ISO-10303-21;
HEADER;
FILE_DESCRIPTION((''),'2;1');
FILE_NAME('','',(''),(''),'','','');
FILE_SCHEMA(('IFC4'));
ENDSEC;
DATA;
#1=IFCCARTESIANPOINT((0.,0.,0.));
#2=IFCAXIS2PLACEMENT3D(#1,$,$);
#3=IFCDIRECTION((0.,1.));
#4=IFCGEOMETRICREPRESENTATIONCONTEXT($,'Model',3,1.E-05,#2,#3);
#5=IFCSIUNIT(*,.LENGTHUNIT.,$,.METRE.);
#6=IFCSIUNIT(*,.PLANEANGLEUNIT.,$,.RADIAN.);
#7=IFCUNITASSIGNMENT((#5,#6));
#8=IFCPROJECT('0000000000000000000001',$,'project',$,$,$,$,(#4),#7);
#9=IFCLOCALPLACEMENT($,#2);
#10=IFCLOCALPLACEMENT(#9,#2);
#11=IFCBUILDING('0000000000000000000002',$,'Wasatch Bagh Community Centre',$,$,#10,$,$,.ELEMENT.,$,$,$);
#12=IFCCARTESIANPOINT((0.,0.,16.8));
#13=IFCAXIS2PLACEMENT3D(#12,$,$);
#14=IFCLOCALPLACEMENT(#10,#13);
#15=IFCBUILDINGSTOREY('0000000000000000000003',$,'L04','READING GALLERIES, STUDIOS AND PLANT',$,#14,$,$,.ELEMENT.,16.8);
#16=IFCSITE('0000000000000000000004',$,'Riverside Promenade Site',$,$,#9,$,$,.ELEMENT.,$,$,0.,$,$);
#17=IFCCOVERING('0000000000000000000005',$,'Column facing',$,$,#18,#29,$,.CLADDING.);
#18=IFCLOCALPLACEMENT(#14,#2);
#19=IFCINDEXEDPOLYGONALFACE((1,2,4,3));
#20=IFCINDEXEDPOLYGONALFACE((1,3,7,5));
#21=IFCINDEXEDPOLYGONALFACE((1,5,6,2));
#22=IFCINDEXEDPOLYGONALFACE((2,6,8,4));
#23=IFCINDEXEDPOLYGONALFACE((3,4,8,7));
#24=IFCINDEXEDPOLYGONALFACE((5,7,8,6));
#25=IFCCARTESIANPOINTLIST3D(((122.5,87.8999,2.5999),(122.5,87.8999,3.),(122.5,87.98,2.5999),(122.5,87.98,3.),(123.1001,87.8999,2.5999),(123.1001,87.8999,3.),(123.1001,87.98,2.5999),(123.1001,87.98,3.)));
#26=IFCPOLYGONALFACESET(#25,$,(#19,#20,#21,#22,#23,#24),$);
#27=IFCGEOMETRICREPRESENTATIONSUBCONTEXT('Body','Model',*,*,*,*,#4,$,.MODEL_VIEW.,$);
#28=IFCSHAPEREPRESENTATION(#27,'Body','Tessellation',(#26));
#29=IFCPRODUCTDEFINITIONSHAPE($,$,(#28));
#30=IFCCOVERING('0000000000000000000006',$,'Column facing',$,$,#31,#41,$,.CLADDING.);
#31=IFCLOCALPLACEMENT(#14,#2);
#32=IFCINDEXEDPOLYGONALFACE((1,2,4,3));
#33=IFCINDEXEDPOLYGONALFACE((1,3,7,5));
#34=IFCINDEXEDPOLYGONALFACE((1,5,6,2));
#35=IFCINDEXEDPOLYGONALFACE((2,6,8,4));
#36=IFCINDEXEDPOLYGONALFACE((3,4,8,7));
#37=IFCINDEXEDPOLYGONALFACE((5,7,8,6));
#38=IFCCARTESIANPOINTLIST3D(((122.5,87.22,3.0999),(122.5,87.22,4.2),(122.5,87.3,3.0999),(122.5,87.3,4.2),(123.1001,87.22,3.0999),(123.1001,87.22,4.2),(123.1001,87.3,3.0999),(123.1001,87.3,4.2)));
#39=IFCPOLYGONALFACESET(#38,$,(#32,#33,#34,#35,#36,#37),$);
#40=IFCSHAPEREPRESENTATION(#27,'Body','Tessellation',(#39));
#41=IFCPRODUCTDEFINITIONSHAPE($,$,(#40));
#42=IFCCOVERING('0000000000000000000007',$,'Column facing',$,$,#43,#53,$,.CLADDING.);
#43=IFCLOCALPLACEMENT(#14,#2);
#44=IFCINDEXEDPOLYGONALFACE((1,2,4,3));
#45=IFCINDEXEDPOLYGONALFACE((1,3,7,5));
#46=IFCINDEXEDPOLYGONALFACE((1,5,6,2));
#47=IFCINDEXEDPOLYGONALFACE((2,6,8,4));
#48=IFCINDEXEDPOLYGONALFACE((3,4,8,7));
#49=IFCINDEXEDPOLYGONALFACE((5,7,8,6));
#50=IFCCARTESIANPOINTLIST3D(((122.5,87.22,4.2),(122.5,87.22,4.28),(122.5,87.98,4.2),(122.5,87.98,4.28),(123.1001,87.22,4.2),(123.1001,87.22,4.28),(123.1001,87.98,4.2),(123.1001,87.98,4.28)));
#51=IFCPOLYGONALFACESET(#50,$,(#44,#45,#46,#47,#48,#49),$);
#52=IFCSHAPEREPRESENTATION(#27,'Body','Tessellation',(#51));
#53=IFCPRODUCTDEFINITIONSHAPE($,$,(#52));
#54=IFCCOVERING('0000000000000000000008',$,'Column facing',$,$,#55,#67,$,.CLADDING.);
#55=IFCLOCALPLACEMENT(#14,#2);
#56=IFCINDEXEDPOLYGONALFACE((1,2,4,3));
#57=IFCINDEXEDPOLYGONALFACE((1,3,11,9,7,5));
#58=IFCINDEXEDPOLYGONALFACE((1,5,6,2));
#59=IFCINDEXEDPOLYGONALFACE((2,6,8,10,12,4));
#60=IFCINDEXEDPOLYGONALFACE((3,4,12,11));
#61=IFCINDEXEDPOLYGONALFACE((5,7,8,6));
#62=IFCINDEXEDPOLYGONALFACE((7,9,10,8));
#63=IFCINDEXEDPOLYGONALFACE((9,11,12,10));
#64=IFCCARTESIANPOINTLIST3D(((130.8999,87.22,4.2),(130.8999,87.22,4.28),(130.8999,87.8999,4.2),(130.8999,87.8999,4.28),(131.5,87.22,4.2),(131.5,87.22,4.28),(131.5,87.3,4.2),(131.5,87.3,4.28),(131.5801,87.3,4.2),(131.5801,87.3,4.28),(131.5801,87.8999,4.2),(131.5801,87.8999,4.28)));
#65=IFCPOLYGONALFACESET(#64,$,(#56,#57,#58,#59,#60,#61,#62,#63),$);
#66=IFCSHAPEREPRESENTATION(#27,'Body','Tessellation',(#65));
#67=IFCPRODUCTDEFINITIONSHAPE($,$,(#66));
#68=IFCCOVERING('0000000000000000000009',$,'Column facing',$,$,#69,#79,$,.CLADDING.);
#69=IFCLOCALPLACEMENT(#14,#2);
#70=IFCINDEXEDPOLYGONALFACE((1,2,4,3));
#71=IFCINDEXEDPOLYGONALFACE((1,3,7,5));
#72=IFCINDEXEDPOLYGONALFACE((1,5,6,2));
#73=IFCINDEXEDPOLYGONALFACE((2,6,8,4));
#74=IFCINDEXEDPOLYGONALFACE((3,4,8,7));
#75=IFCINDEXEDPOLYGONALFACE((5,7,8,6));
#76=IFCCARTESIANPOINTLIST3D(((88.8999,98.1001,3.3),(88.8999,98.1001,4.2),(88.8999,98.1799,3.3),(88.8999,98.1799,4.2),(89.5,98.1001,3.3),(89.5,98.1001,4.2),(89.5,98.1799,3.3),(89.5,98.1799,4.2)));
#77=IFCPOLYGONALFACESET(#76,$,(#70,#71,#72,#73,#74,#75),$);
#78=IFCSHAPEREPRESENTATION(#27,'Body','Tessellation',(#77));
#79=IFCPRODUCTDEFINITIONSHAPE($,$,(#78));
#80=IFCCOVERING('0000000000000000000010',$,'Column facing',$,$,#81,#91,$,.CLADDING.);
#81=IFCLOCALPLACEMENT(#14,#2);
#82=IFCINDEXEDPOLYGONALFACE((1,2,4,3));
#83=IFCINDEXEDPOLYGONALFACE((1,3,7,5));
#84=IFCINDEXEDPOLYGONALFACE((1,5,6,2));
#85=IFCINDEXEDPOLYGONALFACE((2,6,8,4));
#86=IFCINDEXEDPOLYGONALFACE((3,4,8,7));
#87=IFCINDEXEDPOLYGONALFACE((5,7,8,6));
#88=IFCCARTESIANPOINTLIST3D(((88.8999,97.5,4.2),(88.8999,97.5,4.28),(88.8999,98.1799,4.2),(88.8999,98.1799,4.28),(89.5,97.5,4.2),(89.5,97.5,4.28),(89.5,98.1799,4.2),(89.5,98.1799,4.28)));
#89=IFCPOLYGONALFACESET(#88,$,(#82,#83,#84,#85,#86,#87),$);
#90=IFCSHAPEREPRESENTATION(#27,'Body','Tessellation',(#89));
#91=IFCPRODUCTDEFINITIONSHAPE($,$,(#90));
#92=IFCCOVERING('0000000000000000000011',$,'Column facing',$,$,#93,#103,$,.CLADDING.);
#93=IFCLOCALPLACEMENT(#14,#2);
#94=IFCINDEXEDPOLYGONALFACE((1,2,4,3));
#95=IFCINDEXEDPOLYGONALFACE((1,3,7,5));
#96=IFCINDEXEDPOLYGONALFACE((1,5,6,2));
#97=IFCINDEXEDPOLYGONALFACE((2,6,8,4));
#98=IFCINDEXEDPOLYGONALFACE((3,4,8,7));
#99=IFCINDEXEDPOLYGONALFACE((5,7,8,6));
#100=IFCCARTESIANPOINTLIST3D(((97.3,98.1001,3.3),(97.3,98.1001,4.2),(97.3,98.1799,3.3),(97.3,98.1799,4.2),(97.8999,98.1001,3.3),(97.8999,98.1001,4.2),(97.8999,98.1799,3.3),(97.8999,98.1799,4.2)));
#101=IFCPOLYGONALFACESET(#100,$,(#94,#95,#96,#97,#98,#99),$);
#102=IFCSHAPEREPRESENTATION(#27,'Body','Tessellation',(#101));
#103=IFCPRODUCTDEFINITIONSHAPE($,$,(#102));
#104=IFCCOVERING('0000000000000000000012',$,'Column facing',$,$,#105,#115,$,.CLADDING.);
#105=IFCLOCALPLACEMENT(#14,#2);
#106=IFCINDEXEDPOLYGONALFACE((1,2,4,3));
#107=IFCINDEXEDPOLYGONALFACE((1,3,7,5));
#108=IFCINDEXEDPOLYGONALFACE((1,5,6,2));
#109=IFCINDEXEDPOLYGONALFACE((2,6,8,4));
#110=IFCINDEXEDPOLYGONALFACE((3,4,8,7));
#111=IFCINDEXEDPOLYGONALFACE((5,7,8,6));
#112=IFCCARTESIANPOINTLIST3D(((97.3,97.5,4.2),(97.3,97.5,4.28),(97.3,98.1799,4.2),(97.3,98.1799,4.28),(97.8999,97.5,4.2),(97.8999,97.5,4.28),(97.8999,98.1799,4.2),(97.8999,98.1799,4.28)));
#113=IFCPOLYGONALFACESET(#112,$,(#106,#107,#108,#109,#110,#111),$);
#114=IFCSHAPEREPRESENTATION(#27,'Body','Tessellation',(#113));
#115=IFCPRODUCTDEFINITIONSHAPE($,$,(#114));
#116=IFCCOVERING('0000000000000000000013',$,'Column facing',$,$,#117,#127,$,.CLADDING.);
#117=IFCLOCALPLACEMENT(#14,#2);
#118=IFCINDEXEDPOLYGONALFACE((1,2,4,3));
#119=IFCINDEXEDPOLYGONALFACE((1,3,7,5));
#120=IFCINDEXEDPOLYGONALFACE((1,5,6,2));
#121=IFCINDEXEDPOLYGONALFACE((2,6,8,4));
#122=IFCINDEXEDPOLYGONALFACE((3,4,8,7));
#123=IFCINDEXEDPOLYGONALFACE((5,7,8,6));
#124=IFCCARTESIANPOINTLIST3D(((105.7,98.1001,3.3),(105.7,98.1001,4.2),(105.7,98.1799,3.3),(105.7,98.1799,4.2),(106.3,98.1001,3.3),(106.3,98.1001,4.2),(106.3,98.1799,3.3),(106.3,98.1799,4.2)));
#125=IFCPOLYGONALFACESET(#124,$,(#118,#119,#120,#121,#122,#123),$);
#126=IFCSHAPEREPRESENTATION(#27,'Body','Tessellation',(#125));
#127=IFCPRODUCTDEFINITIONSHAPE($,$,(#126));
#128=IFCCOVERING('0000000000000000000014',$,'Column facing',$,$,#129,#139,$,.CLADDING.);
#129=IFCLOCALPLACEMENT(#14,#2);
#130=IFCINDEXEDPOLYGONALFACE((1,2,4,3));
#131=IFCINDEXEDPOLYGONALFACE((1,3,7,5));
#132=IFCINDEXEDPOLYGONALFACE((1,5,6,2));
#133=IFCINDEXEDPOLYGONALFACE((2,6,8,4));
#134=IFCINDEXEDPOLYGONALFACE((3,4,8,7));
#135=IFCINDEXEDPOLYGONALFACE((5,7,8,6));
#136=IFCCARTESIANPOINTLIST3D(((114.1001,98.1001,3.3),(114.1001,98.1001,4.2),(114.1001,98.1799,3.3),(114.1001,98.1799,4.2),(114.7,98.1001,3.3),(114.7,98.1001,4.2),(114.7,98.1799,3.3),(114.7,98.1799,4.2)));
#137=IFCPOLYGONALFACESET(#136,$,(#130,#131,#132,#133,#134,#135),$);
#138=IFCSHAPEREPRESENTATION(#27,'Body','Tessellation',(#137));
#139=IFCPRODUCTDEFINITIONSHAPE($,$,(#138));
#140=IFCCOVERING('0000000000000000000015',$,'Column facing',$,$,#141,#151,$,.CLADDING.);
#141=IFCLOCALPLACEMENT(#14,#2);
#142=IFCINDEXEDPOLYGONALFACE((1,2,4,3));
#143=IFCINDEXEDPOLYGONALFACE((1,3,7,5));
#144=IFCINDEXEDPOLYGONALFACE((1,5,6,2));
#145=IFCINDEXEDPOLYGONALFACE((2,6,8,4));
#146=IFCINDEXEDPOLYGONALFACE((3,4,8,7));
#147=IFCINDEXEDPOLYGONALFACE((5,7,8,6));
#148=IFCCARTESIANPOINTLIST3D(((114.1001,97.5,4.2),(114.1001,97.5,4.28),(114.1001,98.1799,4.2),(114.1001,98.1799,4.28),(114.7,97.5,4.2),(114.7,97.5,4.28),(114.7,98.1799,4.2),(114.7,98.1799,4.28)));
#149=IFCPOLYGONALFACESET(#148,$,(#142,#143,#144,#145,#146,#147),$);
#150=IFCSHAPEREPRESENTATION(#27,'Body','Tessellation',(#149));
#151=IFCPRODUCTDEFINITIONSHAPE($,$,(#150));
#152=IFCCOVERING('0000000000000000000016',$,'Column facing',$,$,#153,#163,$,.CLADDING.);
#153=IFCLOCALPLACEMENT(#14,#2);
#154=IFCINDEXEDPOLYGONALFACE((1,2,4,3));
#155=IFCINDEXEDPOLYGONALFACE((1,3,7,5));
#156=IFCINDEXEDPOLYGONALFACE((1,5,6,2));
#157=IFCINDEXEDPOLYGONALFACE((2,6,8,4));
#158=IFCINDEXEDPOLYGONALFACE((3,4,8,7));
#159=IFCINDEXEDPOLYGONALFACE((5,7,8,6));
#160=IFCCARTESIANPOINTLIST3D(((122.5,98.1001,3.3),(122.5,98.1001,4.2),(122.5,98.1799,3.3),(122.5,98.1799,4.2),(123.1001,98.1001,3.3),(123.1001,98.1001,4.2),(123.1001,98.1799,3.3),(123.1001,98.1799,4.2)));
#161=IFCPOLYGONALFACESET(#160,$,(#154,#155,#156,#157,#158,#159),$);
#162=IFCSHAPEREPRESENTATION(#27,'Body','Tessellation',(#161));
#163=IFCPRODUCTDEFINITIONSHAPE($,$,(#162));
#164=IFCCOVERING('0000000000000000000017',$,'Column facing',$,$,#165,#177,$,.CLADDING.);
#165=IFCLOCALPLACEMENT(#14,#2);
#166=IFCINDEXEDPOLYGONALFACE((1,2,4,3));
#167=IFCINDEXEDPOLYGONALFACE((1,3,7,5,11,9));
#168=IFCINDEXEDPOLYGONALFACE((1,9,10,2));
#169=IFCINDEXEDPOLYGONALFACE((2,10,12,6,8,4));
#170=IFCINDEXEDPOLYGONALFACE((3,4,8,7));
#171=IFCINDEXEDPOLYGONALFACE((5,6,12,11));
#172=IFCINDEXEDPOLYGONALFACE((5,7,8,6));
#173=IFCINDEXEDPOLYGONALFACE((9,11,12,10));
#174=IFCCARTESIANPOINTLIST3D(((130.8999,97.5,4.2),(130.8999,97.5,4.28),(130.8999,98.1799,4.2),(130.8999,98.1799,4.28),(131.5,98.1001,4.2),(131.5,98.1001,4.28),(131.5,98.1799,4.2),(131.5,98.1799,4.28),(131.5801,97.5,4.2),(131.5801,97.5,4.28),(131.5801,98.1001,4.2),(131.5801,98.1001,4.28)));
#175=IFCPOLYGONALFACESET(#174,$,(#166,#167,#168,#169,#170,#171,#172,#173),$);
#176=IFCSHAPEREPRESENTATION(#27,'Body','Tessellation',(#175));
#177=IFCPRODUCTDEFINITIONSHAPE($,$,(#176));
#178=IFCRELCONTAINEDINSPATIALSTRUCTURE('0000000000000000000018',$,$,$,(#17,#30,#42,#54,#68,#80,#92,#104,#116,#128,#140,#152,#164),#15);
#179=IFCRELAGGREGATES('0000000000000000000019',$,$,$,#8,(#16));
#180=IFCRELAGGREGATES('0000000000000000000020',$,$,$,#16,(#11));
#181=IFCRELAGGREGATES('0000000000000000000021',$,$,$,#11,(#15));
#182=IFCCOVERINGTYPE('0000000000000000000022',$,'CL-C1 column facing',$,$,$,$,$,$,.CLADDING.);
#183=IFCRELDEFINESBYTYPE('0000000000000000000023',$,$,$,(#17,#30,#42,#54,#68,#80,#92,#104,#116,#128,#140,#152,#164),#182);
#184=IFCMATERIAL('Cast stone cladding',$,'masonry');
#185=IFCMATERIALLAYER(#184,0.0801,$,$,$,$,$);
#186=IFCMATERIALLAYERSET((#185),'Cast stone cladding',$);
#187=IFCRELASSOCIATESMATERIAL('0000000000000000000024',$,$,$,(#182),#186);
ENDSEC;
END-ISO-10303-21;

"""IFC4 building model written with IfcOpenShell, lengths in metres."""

from ifc_helpers import new_model, si_unit, direction, frame, origin, place, context, subcontext, project, spatial, polyline, outline, extrude, material, layer, layer_set, type_object, element, save


model = new_model("IFC4")

# Units and contexts
model_context = context("Model", 3, precision=1e-05, world=origin(), true_north=direction((0.0, 1.0)))
body_context = subcontext(model_context, "Body", "Model", "MODEL_VIEW")
ifc_project = project(units=[si_unit("LENGTHUNIT", "METRE"), si_unit("PLANEANGLEUNIT", "RADIAN")], contexts=[model_context])

# Site, building, storey
site_placement = place(None, origin())
site = spatial("IfcSite", under=ifc_project, at=site_placement, Name="Riverside Promenade Site", CompositionType="ELEMENT", RefElevation=0.0)
building_placement = place(site_placement, origin())
building = spatial("IfcBuilding", under=site, at=building_placement, Name="Wasatch Bagh Community Centre", CompositionType="ELEMENT")
storey_placement = place(building_placement, frame((0.0, 0.0, 16.8)))
storey = spatial("IfcBuildingStorey", under=building, at=storey_placement, Name="L04", Description="READING GALLERIES, STUDIOS AND PLANT", CompositionType="ELEMENT", Elevation=16.8)

# Coverings
ifc_material_1 = material(Name="Cast stone cladding", Category="masonry")
ifc_layer_1 = layer(ifc_material_1, 0.0801)
ifc_layer_set_1 = layer_set([ifc_layer_1], Name="Cast stone cladding")
covering_type = type_object("IfcCoveringType", Name="CL-C1 column facing", PredefinedType="CLADDING", material=ifc_layer_set_1)
covering_1_placement = place(storey_placement, frame((0.0, 0.0, 2.5999)))
element("IfcCovering", 1, at=covering_1_placement, inside=storey, type_object=covering_type, Name="Column facing", PredefinedType="CLADDING", context=body_context, shape_type="SweptSolid", body=[
    extrude(outline(polyline([(123.1001, 87.8999), (122.5, 87.8999), (122.5, 87.98), (123.1001, 87.98), (123.1001, 87.8999)])), origin(), (0.0, 0.0, 1.0), 0.4001),
])
covering_2_placement = place(storey_placement, frame((0.0, 0.0, 3.0999)))
element("IfcCovering", 2, at=covering_2_placement, inside=storey, type_object=covering_type, Name="Column facing", PredefinedType="CLADDING", context=body_context, shape_type="SweptSolid", body=[
    extrude(outline(polyline([(122.5, 87.3), (123.1001, 87.3), (123.1001, 87.22), (122.5, 87.22), (122.5, 87.3)])), origin(), (0.0, 0.0, 1.0), 1.1001),
])
covering_3_placement = place(storey_placement, frame((0.0, 0.0, 4.2)))
element("IfcCovering", 3, at=covering_3_placement, inside=storey, type_object=covering_type, Name="Column facing", PredefinedType="CLADDING", context=body_context, shape_type="SweptSolid", body=[
    extrude(outline(polyline([(123.1001, 87.22), (122.5, 87.22), (122.5, 87.98), (123.1001, 87.98), (123.1001, 87.22)])), origin(), (0.0, 0.0, 1.0), 0.0801),
])
covering_4_placement = place(storey_placement, frame((0.0, 0.0, 4.2)))
element("IfcCovering", 4, at=covering_4_placement, inside=storey, type_object=covering_type, Name="Column facing", PredefinedType="CLADDING", context=body_context, shape_type="SweptSolid", body=[
    extrude(outline(polyline([(131.5, 87.22), (130.8999, 87.22), (130.8999, 87.8999), (131.5801, 87.8999), (131.5801, 87.3), (131.5, 87.3), (131.5, 87.22)])), origin(), (0.0, 0.0, 1.0), 0.0801),
])
covering_5_placement = place(storey_placement, frame((0.0, 0.0, 3.3)))
element("IfcCovering", 5, at=covering_5_placement, inside=storey, type_object=covering_type, Name="Column facing", PredefinedType="CLADDING", context=body_context, shape_type="SweptSolid", body=[
    extrude(outline(polyline([(89.5, 98.1001), (88.8999, 98.1001), (88.8999, 98.1799), (89.5, 98.1799), (89.5, 98.1001)])), origin(), (0.0, 0.0, 1.0), 0.8999),
])
covering_6_placement = place(storey_placement, frame((0.0, 0.0, 4.2)))
element("IfcCovering", 6, at=covering_6_placement, inside=storey, type_object=covering_type, Name="Column facing", PredefinedType="CLADDING", context=body_context, shape_type="SweptSolid", body=[
    extrude(outline(polyline([(89.5, 97.5), (88.8999, 97.5), (88.8999, 98.1799), (89.5, 98.1799), (89.5, 97.5)])), origin(), (0.0, 0.0, 1.0), 0.0801),
])
covering_7_placement = place(storey_placement, frame((0.0, 0.0, 3.3)))
element("IfcCovering", 7, at=covering_7_placement, inside=storey, type_object=covering_type, Name="Column facing", PredefinedType="CLADDING", context=body_context, shape_type="SweptSolid", body=[
    extrude(outline(polyline([(97.8999, 98.1001), (97.3, 98.1001), (97.3, 98.1799), (97.8999, 98.1799), (97.8999, 98.1001)])), origin(), (0.0, 0.0, 1.0), 0.8999),
])
covering_8_placement = place(storey_placement, frame((0.0, 0.0, 4.2)))
element("IfcCovering", 8, at=covering_8_placement, inside=storey, type_object=covering_type, Name="Column facing", PredefinedType="CLADDING", context=body_context, shape_type="SweptSolid", body=[
    extrude(outline(polyline([(97.8999, 97.5), (97.3, 97.5), (97.3, 98.1799), (97.8999, 98.1799), (97.8999, 97.5)])), origin(), (0.0, 0.0, 1.0), 0.0801),
])
covering_9_placement = place(storey_placement, frame((0.0, 0.0, 3.3)))
element("IfcCovering", 9, at=covering_9_placement, inside=storey, type_object=covering_type, Name="Column facing", PredefinedType="CLADDING", context=body_context, shape_type="SweptSolid", body=[
    extrude(outline(polyline([(106.3, 98.1001), (105.7, 98.1001), (105.7, 98.1799), (106.3, 98.1799), (106.3, 98.1001)])), origin(), (0.0, 0.0, 1.0), 0.8999),
])
covering_10_placement = place(storey_placement, frame((0.0, 0.0, 3.3)))
element("IfcCovering", 10, at=covering_10_placement, inside=storey, type_object=covering_type, Name="Column facing", PredefinedType="CLADDING", context=body_context, shape_type="SweptSolid", body=[
    extrude(outline(polyline([(114.7, 98.1001), (114.1001, 98.1001), (114.1001, 98.1799), (114.7, 98.1799), (114.7, 98.1001)])), origin(), (0.0, 0.0, 1.0), 0.8999),
])
covering_11_placement = place(storey_placement, frame((0.0, 0.0, 4.2)))
element("IfcCovering", 11, at=covering_11_placement, inside=storey, type_object=covering_type, Name="Column facing", PredefinedType="CLADDING", context=body_context, shape_type="SweptSolid", body=[
    extrude(outline(polyline([(114.7, 97.5), (114.1001, 97.5), (114.1001, 98.1799), (114.7, 98.1799), (114.7, 97.5)])), origin(), (0.0, 0.0, 1.0), 0.0801),
])
covering_12_placement = place(storey_placement, frame((0.0, 0.0, 3.3)))
element("IfcCovering", 12, at=covering_12_placement, inside=storey, type_object=covering_type, Name="Column facing", PredefinedType="CLADDING", context=body_context, shape_type="SweptSolid", body=[
    extrude(outline(polyline([(123.1001, 98.1001), (122.5, 98.1001), (122.5, 98.1799), (123.1001, 98.1799), (123.1001, 98.1001)])), origin(), (0.0, 0.0, 1.0), 0.8999),
])
covering_13_placement = place(storey_placement, frame((0.0, 0.0, 4.2)))
element("IfcCovering", 13, at=covering_13_placement, inside=storey, type_object=covering_type, Name="Column facing", PredefinedType="CLADDING", context=body_context, shape_type="SweptSolid", body=[
    extrude(outline(polyline([(130.8999, 97.5), (130.8999, 98.1799), (131.5, 98.1799), (131.5, 98.1001), (131.5801, 98.1001), (131.5801, 97.5), (130.8999, 97.5)])), origin(), (0.0, 0.0, 1.0), 0.0801),
])

save(model, "model.ifc")
